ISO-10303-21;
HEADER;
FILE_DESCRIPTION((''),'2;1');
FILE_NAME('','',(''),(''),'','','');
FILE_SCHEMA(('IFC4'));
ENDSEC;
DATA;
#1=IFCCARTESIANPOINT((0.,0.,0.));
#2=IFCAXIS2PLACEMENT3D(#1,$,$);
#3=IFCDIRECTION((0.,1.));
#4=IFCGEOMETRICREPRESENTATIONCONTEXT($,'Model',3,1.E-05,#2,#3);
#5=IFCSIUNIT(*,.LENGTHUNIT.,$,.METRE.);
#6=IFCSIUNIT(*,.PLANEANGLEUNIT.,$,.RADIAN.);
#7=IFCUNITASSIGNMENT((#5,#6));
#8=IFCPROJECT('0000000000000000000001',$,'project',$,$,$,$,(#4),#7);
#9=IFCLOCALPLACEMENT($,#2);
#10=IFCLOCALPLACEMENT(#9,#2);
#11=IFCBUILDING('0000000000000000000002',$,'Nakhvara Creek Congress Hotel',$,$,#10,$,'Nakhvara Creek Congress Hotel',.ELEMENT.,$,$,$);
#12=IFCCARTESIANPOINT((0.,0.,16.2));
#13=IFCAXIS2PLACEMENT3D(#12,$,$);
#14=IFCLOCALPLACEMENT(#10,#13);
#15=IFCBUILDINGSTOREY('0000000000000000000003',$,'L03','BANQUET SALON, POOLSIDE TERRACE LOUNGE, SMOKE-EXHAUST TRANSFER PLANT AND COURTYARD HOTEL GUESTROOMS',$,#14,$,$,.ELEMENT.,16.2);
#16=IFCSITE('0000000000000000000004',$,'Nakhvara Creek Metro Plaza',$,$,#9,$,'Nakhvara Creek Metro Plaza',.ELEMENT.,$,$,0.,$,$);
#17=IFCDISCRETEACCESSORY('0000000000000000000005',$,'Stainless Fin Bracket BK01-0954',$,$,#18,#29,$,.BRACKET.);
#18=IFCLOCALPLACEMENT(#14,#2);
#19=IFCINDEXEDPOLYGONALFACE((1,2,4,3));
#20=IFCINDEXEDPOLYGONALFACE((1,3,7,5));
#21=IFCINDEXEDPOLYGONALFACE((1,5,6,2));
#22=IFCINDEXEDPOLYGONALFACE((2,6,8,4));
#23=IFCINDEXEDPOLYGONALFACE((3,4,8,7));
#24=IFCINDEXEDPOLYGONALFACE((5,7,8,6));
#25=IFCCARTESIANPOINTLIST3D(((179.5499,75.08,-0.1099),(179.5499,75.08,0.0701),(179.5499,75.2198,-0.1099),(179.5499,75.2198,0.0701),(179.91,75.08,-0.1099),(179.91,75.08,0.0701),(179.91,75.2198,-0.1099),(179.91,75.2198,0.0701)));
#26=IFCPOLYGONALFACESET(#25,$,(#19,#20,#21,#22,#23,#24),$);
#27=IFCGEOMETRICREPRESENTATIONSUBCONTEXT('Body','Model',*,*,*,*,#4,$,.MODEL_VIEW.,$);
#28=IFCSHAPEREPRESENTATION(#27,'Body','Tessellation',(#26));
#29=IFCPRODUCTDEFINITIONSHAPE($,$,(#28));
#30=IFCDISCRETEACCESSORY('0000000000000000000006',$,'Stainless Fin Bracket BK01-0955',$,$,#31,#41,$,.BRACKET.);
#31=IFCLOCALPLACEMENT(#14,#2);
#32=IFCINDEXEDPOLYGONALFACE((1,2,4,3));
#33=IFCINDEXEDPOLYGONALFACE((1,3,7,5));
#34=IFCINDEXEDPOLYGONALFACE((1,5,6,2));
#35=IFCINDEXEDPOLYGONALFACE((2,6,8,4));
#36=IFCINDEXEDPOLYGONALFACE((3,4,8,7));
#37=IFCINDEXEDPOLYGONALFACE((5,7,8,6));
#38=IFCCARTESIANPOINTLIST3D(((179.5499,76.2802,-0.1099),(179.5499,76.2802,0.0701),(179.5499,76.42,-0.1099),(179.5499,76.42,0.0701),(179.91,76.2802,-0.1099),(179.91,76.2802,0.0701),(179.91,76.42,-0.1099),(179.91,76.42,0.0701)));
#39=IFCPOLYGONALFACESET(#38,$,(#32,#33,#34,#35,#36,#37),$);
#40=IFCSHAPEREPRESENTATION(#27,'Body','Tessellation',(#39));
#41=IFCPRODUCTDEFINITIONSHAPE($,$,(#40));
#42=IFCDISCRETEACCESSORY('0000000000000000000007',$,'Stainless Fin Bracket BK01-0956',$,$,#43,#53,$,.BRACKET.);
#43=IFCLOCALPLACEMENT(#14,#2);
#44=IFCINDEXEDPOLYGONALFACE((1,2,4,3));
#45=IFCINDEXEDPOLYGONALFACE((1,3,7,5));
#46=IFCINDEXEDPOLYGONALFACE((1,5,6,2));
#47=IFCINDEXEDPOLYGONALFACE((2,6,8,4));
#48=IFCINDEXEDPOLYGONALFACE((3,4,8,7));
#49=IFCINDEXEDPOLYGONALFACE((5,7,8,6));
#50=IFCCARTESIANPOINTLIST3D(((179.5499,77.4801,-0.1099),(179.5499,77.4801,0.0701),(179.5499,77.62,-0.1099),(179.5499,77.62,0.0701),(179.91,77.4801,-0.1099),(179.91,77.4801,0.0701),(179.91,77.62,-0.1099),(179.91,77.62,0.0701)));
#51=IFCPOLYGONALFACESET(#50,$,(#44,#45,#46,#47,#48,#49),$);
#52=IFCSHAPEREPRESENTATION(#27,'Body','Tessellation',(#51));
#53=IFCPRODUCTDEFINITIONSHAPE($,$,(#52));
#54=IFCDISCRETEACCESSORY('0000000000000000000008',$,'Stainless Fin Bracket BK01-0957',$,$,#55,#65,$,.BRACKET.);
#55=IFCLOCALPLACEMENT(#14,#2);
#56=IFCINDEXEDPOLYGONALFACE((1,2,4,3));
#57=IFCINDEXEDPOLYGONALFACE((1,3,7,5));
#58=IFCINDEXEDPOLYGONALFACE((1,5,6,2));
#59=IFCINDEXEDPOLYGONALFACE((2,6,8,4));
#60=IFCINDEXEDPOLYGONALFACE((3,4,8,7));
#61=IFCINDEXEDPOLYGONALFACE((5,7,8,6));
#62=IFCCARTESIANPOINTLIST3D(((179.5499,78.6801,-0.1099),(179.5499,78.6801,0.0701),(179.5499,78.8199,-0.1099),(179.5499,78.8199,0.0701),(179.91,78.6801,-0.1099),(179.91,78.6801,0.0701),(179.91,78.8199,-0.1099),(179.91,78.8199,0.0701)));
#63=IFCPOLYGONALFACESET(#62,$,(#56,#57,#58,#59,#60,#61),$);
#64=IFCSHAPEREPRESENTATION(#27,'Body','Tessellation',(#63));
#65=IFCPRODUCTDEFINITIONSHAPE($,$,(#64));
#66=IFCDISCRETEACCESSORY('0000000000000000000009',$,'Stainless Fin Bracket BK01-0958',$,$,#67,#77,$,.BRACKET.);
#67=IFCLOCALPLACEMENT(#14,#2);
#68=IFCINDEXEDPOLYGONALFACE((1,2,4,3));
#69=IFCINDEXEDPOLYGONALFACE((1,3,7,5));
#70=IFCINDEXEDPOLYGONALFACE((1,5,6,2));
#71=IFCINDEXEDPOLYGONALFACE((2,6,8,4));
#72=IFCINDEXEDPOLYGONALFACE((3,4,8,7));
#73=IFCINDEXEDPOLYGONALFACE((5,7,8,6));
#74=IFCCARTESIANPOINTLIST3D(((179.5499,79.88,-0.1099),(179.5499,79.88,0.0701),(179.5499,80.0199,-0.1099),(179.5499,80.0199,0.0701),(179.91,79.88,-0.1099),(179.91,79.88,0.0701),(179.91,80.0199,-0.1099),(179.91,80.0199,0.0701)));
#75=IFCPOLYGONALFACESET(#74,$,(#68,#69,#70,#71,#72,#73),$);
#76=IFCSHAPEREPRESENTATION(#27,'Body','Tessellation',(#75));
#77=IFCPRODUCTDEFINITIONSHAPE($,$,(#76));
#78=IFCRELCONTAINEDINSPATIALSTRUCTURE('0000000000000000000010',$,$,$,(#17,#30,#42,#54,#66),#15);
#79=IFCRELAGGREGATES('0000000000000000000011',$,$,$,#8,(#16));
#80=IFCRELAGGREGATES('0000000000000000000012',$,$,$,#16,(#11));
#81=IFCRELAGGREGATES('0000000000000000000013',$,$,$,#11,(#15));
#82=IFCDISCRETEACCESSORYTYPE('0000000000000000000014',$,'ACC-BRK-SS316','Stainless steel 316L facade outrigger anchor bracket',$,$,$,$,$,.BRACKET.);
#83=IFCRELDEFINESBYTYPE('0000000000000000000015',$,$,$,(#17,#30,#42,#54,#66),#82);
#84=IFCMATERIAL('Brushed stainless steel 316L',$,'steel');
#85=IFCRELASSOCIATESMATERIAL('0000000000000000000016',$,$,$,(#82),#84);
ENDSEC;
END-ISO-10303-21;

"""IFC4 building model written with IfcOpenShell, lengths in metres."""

from ifc_helpers import new_model, si_unit, direction, frame, origin, origin_2d, place, context, subcontext, project, spatial, rectangle, extrude, material, type_object, element, save


model = new_model("IFC4")

# Units and contexts
model_context = context("Model", 3, precision=1e-05, world=origin(), true_north=direction((0.0, 1.0)))
body_context = subcontext(model_context, "Body", "Model", "MODEL_VIEW")
ifc_project = project(units=[si_unit("LENGTHUNIT", "METRE"), si_unit("PLANEANGLEUNIT", "RADIAN")], contexts=[model_context])

# Site, building, storey
site_placement = place(None, origin())
site = spatial("IfcSite", under=ifc_project, at=site_placement, Name="Nakhvara Creek Metro Plaza", LongName="Nakhvara Creek Metro Plaza", CompositionType="ELEMENT", RefElevation=0.0)
building_placement = place(site_placement, origin())
building = spatial("IfcBuilding", under=site, at=building_placement, Name="Nakhvara Creek Congress Hotel", LongName="Nakhvara Creek Congress Hotel", CompositionType="ELEMENT")
storey_placement = place(building_placement, frame((0.0, 0.0, 16.2)))
storey = spatial("IfcBuildingStorey", under=building, at=storey_placement, Name="L03", Description="BANQUET SALON, POOLSIDE TERRACE LOUNGE, SMOKE-EXHAUST TRANSFER PLANT AND COURTYARD HOTEL GUESTROOMS", CompositionType="ELEMENT", Elevation=16.2)

# Discrete accessories
ifc_material_1 = material(Name="Brushed stainless steel 316L", Category="steel")
discrete_accessory_type = type_object("IfcDiscreteAccessoryType", Name="ACC-BRK-SS316", Description="Stainless steel 316L facade outrigger anchor bracket", PredefinedType="BRACKET", material=ifc_material_1)
for number, where, z_axis, x_axis, name in (
    (1, (179.73, 75.1499, -0.1099), (0.0, 0.0, 1.0), (0.0, 1.0, 0.0), "Stainless Fin Bracket BK01-0954"),
    (2, (179.73, 76.3501, -0.1099), (0.0, 0.0, 1.0), (0.0, 1.0, 0.0), "Stainless Fin Bracket BK01-0955"),
    (3, (179.73, 77.55, -0.1099), (0.0, 0.0, 1.0), (0.0, 1.0, 0.0), "Stainless Fin Bracket BK01-0956"),
    (4, (179.73, 78.75, -0.1099), (0.0, 0.0, 1.0), (0.0, 1.0, 0.0), "Stainless Fin Bracket BK01-0957"),
    (5, (179.73, 79.95, -0.1099), (0.0, 0.0, 1.0), (0.0, 1.0, 0.0), "Stainless Fin Bracket BK01-0958"),
):
    element("IfcDiscreteAccessory", number, at=place(storey_placement, frame(where, z_axis=z_axis, x_axis=x_axis)), inside=storey, type_object=discrete_accessory_type, Name=name, PredefinedType="BRACKET", context=body_context, shape_type="SweptSolid", body=[
        extrude(rectangle(XDim=0.1399, YDim=0.3601, at=origin_2d()), origin(), (0.0, 0.0, 1.0), 0.1799),
    ])

save(model, "model.ifc")
